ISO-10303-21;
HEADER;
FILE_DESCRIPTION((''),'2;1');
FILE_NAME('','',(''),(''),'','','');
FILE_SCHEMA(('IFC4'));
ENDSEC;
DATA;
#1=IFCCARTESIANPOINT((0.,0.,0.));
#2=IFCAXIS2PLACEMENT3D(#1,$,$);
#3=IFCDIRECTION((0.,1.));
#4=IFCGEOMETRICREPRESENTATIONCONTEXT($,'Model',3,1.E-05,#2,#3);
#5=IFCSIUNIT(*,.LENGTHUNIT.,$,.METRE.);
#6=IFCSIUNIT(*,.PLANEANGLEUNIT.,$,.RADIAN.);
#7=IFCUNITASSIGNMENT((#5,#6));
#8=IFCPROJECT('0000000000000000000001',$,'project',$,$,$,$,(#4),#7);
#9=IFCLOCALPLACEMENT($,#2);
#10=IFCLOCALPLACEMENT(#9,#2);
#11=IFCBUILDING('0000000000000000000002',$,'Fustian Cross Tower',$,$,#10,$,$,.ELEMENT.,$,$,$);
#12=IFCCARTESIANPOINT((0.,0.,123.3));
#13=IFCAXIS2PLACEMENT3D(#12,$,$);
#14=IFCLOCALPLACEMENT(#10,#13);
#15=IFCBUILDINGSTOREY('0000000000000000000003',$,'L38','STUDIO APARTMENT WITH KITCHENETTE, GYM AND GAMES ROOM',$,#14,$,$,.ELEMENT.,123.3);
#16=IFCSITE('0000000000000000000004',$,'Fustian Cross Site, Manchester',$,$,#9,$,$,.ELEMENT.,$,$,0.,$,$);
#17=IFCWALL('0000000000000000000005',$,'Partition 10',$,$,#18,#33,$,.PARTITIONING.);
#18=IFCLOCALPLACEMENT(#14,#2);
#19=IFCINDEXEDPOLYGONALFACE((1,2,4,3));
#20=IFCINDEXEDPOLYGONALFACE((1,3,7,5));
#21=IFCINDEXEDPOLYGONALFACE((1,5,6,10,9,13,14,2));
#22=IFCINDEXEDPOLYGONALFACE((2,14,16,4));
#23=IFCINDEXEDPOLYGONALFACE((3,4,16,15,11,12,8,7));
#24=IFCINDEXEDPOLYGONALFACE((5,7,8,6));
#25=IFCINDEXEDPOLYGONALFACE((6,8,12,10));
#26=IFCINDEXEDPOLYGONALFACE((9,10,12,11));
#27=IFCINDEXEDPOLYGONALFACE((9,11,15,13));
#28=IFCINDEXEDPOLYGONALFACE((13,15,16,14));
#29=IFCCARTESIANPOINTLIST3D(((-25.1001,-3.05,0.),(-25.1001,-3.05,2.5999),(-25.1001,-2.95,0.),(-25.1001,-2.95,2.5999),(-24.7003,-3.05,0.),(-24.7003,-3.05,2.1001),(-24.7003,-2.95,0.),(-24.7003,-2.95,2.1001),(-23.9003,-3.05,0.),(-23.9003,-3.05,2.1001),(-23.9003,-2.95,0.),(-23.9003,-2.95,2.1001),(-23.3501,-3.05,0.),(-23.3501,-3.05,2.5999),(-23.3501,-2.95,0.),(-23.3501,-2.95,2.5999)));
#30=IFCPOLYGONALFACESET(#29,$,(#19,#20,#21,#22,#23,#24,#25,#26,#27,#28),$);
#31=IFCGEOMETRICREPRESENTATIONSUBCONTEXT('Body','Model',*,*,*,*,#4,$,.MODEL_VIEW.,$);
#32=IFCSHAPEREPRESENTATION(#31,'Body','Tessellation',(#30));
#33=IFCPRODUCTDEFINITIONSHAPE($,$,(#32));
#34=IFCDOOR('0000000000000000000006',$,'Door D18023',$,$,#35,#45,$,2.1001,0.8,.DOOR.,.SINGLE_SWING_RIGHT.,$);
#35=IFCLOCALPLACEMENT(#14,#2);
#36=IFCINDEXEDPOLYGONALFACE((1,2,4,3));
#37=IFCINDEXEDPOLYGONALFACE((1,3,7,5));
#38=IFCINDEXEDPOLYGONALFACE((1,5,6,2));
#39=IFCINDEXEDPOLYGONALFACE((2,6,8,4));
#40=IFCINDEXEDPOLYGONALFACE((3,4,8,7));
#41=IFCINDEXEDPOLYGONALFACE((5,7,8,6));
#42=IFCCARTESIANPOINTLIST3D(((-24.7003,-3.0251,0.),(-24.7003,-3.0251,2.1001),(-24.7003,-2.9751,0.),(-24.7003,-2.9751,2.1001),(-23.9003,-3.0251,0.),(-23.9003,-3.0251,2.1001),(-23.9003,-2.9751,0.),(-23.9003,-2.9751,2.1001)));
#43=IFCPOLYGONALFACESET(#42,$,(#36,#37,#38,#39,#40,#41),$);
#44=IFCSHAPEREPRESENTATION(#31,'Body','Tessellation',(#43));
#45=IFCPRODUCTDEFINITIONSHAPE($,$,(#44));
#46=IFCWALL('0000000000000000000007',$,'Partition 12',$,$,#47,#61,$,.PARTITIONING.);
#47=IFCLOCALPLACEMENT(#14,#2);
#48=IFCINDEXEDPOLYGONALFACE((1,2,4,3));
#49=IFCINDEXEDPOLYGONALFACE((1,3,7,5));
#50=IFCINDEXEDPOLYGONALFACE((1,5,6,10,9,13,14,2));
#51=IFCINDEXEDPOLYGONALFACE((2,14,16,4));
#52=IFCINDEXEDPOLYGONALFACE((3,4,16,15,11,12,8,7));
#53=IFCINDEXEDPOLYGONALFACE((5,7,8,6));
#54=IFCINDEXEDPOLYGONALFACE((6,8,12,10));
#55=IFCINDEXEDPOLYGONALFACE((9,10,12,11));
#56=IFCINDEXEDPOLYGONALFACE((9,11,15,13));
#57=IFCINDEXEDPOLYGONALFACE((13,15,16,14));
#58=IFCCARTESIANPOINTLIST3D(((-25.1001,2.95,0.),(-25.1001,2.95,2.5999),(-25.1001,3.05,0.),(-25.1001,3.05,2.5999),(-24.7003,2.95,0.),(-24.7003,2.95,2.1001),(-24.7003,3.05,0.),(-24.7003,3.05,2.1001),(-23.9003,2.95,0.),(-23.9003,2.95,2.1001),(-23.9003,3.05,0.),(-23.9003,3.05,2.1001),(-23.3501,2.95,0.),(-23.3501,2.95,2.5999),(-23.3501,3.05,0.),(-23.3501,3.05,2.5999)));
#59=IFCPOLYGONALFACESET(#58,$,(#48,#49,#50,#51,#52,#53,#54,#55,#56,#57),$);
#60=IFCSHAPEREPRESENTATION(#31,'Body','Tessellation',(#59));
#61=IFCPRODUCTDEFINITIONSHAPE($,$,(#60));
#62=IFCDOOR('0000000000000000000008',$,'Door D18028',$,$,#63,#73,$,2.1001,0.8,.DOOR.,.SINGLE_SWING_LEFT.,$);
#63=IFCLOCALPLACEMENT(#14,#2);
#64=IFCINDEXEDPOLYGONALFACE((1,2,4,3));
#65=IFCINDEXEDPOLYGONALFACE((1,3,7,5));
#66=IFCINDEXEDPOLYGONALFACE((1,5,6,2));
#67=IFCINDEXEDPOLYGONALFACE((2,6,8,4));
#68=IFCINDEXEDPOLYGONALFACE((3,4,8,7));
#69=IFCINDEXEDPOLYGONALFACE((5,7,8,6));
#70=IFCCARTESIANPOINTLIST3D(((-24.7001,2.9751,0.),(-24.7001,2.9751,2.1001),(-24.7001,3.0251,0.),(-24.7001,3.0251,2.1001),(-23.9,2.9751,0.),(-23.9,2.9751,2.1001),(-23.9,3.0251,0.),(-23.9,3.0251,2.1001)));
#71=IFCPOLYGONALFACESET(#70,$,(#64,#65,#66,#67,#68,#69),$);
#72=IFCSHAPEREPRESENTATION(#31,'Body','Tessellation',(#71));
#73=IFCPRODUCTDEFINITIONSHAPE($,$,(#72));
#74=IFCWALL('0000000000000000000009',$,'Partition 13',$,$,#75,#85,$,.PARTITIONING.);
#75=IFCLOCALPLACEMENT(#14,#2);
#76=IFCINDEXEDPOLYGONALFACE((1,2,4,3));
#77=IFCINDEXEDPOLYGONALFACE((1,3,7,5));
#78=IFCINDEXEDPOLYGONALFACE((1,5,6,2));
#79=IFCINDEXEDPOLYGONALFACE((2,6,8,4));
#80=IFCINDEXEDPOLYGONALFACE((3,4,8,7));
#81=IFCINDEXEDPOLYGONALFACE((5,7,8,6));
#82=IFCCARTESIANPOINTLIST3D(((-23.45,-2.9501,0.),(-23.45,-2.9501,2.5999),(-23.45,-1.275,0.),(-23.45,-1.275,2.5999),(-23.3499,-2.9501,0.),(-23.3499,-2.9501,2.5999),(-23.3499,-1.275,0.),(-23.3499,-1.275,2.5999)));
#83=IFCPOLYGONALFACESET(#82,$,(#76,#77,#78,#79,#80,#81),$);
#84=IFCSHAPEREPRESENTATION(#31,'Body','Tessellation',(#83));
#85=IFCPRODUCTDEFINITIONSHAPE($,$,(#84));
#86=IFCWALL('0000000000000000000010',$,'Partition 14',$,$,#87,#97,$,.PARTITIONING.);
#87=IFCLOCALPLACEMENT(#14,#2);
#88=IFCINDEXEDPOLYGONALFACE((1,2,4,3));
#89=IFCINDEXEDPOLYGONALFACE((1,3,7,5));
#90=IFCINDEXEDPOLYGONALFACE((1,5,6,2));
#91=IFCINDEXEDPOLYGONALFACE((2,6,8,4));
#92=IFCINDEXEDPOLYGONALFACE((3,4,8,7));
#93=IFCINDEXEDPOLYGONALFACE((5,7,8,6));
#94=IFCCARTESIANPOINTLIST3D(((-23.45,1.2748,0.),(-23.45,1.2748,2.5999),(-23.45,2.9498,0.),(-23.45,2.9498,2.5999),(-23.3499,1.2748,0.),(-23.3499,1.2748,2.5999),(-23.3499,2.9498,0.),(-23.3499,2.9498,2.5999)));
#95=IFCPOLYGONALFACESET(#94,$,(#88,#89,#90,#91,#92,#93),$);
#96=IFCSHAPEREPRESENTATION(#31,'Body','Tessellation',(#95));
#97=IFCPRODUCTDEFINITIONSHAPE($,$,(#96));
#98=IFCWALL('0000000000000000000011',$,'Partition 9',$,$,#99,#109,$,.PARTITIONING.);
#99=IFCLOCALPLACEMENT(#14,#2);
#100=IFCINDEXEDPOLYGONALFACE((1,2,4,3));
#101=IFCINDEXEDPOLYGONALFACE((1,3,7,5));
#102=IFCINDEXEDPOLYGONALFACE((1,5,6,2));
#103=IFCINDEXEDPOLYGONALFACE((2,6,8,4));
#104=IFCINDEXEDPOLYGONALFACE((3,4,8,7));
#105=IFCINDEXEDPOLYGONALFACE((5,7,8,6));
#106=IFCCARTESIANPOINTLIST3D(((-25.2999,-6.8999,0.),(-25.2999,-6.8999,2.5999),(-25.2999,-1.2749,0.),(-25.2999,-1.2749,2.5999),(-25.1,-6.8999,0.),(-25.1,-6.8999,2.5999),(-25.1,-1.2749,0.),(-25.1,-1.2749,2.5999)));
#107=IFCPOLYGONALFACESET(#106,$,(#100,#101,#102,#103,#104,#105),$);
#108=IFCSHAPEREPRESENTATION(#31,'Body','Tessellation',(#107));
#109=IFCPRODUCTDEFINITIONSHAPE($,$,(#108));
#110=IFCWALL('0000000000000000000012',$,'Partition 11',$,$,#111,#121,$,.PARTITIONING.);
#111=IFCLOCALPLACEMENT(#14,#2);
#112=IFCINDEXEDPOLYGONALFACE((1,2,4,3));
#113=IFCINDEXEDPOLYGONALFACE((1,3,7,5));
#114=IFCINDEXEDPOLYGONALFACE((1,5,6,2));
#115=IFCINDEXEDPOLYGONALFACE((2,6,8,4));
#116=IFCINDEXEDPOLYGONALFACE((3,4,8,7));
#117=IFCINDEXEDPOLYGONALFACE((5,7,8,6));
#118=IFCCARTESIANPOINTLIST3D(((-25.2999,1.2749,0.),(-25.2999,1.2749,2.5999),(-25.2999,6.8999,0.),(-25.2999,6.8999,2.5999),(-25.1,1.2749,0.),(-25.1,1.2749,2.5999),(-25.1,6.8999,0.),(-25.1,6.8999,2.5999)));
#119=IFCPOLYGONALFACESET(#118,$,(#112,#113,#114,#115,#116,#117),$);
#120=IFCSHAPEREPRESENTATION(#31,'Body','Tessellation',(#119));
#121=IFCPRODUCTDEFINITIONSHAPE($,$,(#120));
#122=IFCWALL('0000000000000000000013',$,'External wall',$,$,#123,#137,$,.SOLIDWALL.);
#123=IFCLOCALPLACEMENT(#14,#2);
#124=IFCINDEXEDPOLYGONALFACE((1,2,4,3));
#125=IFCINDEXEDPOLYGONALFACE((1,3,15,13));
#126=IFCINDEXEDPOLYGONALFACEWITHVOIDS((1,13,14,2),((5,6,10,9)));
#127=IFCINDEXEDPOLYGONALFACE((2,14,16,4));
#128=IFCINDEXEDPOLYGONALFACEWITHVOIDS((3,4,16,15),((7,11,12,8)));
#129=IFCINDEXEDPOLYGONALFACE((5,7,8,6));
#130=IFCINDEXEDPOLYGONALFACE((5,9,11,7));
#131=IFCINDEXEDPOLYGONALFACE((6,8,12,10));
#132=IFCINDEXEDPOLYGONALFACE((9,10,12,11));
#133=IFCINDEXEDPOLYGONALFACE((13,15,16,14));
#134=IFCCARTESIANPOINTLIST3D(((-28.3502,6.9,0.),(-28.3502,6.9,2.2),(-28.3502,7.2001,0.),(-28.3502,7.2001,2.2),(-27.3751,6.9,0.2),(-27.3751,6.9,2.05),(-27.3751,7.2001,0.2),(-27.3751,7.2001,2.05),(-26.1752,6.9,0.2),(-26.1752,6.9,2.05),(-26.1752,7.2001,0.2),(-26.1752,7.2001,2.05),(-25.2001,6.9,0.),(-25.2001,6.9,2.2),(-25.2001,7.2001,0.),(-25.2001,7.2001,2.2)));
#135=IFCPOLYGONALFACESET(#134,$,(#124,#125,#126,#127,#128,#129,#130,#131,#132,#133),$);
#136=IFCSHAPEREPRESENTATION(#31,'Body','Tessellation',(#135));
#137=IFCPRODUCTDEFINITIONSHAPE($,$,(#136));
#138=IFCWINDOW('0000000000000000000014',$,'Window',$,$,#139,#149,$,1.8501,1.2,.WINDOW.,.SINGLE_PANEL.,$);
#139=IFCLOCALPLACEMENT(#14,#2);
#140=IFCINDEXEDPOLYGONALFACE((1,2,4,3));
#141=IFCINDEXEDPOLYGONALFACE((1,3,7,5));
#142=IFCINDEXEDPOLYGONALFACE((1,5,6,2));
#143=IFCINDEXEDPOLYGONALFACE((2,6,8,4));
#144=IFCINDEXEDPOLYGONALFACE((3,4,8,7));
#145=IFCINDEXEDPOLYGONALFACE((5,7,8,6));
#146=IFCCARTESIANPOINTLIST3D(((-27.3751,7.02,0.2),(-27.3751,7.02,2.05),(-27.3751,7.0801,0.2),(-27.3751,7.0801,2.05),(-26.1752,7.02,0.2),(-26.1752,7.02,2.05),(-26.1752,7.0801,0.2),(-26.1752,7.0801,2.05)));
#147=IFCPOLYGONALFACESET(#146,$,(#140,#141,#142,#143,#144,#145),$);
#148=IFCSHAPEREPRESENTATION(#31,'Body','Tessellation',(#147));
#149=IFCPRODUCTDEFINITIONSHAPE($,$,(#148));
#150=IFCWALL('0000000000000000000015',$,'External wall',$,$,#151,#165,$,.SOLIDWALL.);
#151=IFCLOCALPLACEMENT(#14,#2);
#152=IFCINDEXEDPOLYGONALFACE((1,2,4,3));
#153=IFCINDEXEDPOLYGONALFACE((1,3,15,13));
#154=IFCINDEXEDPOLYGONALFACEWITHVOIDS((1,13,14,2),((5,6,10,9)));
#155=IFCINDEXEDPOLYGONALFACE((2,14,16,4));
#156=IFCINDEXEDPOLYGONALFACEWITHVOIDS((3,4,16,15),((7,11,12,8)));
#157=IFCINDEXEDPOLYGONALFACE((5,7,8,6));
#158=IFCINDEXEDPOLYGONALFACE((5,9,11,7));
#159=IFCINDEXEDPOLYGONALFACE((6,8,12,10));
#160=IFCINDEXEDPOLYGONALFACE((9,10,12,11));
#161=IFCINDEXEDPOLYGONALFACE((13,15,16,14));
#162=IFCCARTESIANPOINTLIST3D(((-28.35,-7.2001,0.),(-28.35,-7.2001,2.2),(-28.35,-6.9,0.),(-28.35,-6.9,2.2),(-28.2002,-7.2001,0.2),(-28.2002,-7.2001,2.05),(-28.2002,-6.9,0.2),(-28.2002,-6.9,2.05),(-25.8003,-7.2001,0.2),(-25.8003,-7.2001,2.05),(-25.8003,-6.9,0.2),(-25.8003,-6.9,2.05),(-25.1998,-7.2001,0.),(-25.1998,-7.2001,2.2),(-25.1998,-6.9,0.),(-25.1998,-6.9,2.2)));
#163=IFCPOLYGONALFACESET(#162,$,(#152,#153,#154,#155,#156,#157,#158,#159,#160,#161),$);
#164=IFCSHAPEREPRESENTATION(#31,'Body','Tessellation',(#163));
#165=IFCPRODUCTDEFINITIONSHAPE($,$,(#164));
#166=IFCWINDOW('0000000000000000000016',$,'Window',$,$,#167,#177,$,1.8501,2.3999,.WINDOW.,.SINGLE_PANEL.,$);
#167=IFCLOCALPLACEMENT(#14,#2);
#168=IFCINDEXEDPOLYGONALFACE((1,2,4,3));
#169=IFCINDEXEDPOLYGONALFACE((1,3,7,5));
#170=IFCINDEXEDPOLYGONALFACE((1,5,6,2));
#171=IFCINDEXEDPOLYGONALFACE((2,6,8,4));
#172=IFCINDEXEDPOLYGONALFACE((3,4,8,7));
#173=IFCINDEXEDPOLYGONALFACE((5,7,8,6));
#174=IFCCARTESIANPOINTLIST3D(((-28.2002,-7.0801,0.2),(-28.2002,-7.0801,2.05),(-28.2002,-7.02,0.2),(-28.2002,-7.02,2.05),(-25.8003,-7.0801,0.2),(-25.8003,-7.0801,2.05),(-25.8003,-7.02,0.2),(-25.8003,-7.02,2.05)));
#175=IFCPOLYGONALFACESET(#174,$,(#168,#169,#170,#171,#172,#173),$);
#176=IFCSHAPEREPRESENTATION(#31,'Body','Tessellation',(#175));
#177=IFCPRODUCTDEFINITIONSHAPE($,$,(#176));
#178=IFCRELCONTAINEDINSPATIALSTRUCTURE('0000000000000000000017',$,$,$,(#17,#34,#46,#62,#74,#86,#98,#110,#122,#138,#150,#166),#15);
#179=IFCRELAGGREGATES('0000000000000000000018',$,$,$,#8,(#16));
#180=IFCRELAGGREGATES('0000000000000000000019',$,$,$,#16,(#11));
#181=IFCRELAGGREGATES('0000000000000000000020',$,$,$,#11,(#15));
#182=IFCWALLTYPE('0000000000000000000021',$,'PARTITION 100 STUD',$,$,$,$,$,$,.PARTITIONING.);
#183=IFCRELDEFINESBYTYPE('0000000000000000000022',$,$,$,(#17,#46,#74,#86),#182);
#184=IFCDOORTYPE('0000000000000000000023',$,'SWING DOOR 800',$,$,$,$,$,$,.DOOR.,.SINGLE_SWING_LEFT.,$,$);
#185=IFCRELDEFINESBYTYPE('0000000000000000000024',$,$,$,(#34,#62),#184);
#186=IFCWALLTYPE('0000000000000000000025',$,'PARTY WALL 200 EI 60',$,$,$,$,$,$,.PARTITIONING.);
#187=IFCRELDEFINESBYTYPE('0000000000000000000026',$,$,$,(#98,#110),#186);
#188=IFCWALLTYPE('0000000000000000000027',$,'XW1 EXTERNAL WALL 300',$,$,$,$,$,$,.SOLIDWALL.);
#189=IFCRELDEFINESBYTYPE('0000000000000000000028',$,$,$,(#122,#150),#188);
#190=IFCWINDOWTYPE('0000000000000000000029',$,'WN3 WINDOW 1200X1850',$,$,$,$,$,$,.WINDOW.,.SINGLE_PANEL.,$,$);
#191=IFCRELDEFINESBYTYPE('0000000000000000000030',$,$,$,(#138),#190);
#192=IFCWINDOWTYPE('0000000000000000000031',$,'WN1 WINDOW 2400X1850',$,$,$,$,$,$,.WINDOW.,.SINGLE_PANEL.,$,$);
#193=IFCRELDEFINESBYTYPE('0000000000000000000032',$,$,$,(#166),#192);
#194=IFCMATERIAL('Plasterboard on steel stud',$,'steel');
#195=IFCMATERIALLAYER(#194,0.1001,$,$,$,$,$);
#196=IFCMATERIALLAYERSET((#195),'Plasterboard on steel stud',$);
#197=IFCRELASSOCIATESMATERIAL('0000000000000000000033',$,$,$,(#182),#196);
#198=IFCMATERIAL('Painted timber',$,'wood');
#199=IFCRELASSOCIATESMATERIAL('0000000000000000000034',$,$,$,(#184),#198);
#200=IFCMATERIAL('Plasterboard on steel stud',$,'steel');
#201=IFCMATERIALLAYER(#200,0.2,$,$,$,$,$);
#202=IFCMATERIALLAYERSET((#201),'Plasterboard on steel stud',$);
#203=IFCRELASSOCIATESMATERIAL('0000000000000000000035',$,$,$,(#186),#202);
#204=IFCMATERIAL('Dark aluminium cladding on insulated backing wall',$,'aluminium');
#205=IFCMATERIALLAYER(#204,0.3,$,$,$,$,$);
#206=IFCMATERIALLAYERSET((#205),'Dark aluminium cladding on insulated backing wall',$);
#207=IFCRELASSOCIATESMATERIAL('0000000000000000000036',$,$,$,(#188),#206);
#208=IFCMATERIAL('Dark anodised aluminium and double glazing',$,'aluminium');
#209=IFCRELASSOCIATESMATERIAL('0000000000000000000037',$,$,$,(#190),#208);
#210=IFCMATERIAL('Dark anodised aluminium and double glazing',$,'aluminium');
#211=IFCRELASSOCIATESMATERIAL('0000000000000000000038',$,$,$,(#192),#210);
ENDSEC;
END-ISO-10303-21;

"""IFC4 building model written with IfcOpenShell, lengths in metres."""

from ifc_helpers import new_model, si_unit, direction, frame, frame_2d, origin, place, context, subcontext, project, spatial, rectangle, extrude, material, layer, layer_set, type_object, element, fill, save


model = new_model("IFC4")

# Units and contexts
model_context = context("Model", 3, precision=1e-05, world=origin(), true_north=direction((0.0, 1.0)))
body_context = subcontext(model_context, "Body", "Model", "MODEL_VIEW")
ifc_project = project(units=[si_unit("LENGTHUNIT", "METRE"), si_unit("PLANEANGLEUNIT", "RADIAN")], contexts=[model_context])

# Site, building, storey
site_placement = place(None, origin())
site = spatial("IfcSite", under=ifc_project, at=site_placement, Name="Fustian Cross Site, Manchester", CompositionType="ELEMENT", RefElevation=0.0)
building_placement = place(site_placement, origin())
building = spatial("IfcBuilding", under=site, at=building_placement, Name="Fustian Cross Tower", CompositionType="ELEMENT")
storey_placement = place(building_placement, frame((0.0, 0.0, 123.3)))
storey = spatial("IfcBuildingStorey", under=building, at=storey_placement, Name="L38", Description="STUDIO APARTMENT WITH KITCHENETTE, GYM AND GAMES ROOM", CompositionType="ELEMENT", Elevation=123.3)

# Shared definitions
ifc_material_1 = material(Name="Plasterboard on steel stud", Category="steel")
ifc_layer_1 = layer(ifc_material_1, 0.1001)
ifc_layer_set_1 = layer_set([ifc_layer_1], Name="Plasterboard on steel stud")
wall_type_1 = type_object("IfcWallType", Name="PARTITION 100 STUD", PredefinedType="PARTITIONING", material=ifc_layer_set_1)
ifc_material_2 = material(Name="Painted timber", Category="wood")
door_type = type_object("IfcDoorType", Name="SWING DOOR 800", OperationType="SINGLE_SWING_LEFT", PredefinedType="DOOR", material=ifc_material_2)

# Walls, openings, doors
wall_1_placement = place(storey_placement, frame((-25.1001, -3.0, 0.0), z_axis=(0.0, 0.0, 1.0), x_axis=(1.0, 0.0, 0.0)))
wall_1 = element("IfcWall", 1, at=wall_1_placement, inside=storey, type_object=wall_type_1, Name="Partition 10", PredefinedType="PARTITIONING", context=body_context, shape_type="SweptSolid", body=[
    extrude(rectangle(XDim=1.75, YDim=0.1001, at=frame_2d((0.875, 0.0))), origin(), (0.0, 0.0, 1.0), 2.5999),
])
opening_1_placement = place(wall_1_placement, frame((0.3999, 0.0, 0.0)))
opening_1 = element("IfcOpeningElement", 2, at=opening_1_placement, cuts=wall_1, PredefinedType="OPENING", context=body_context, shape_type="SweptSolid", body=[
    extrude(rectangle(XDim=0.8, YDim=2.1001, at=frame_2d((0.3999, 1.05))), frame((0.0, 0.0601, 0.0), z_axis=(0.0, -1.0, 0.0), x_axis=(1.0, 0.0, 0.0)), (0.0, 0.0, 1.0), 0.1201),
])
door_1_placement = place(opening_1_placement, origin())
door_1 = element("IfcDoor", 3, at=door_1_placement, inside=storey, type_object=door_type, Name="Door D18023", OperationType="SINGLE_SWING_RIGHT", OverallHeight=2.1001, OverallWidth=0.8, PredefinedType="DOOR", context=body_context, shape_type="SweptSolid", body=[
    extrude(rectangle(XDim=0.8, YDim=2.1001, at=frame_2d((0.3999, 1.05))), frame((0.0, 0.0249, 0.0), z_axis=(0.0, -1.0, 0.0), x_axis=(1.0, 0.0, 0.0)), (0.0, 0.0, 1.0), 0.05),
])
fill(opening_1, door_1)
wall_2_placement = place(storey_placement, frame((-25.1001, 3.0, 0.0), z_axis=(0.0, 0.0, 1.0), x_axis=(1.0, 0.0, 0.0)))
wall_2 = element("IfcWall", 4, at=wall_2_placement, inside=storey, type_object=wall_type_1, Name="Partition 12", PredefinedType="PARTITIONING", context=body_context, shape_type="SweptSolid", body=[
    extrude(rectangle(XDim=1.75, YDim=0.1001, at=frame_2d((0.875, 0.0))), origin(), (0.0, 0.0, 1.0), 2.5999),
])
opening_2_placement = place(wall_2_placement, frame((0.3999, 0.0, 0.0)))
opening_2 = element("IfcOpeningElement", 5, at=opening_2_placement, cuts=wall_2, PredefinedType="OPENING", context=body_context, shape_type="SweptSolid", body=[
    extrude(rectangle(XDim=0.8, YDim=2.1001, at=frame_2d((0.3999, 1.05))), frame((0.0, 0.0601, 0.0), z_axis=(0.0, -1.0, 0.0), x_axis=(1.0, 0.0, 0.0)), (0.0, 0.0, 1.0), 0.1201),
])
door_2_placement = place(opening_2_placement, frame((0.8, 0.0, 0.0), z_axis=(0.0, 0.0, 1.0), x_axis=(-1.0, 0.0, 0.0)))
door_2 = element("IfcDoor", 6, at=door_2_placement, inside=storey, type_object=door_type, Name="Door D18028", OperationType="SINGLE_SWING_LEFT", OverallHeight=2.1001, OverallWidth=0.8, PredefinedType="DOOR", context=body_context, shape_type="SweptSolid", body=[
    extrude(rectangle(XDim=0.8, YDim=2.1001, at=frame_2d((0.3999, 1.05))), frame((0.0, 0.0249, 0.0), z_axis=(0.0, -1.0, 0.0), x_axis=(1.0, 0.0, 0.0)), (0.0, 0.0, 1.0), 0.05),
])
fill(opening_2, door_2)

# Walls
for number, where, z_axis, x_axis, name in (
    (7, (-23.3999, -2.95, 0.0), (0.0, 0.0, 1.0), (0.0, 1.0, 0.0), "Partition 13"),
    (8, (-23.3999, 1.2749, 0.0), (0.0, 0.0, 1.0), (0.0, 1.0, 0.0), "Partition 14"),
):
    element("IfcWall", number, at=place(storey_placement, frame(where, z_axis=z_axis, x_axis=x_axis)), inside=storey, type_object=wall_type_1, Name=name, PredefinedType="PARTITIONING", context=body_context, shape_type="SweptSolid", body=[
        extrude(rectangle(XDim=1.675, YDim=0.1001, at=frame_2d((0.8374, 0.0))), origin(), (0.0, 0.0, 1.0), 2.5999),
    ])
ifc_material_3 = material(Name="Plasterboard on steel stud", Category="steel")
ifc_layer_2 = layer(ifc_material_3, 0.2)
ifc_layer_set_2 = layer_set([ifc_layer_2], Name="Plasterboard on steel stud")
wall_type_2 = type_object("IfcWallType", Name="PARTY WALL 200 EI 60", PredefinedType="PARTITIONING", material=ifc_layer_set_2)
for number, where, z_axis, x_axis, name in (
    (9, (-25.2, -6.8999, 0.0), (0.0, 0.0, 1.0), (0.0, 1.0, 0.0), "Partition 9"),
    (10, (-25.2, 1.2749, 0.0), (0.0, 0.0, 1.0), (0.0, 1.0, 0.0), "Partition 11"),
):
    element("IfcWall", number, at=place(storey_placement, frame(where, z_axis=z_axis, x_axis=x_axis)), inside=storey, type_object=wall_type_2, Name=name, PredefinedType="PARTITIONING", context=body_context, shape_type="SweptSolid", body=[
        extrude(rectangle(XDim=5.625, YDim=0.2, at=frame_2d((2.8125, 0.0))), origin(), (0.0, 0.0, 1.0), 2.5999),
    ])

# Walls, openings, windows
ifc_material_4 = material(Name="Dark aluminium cladding on insulated backing wall", Category="aluminium")
ifc_layer_3 = layer(ifc_material_4, 0.3)
ifc_layer_set_3 = layer_set([ifc_layer_3], Name="Dark aluminium cladding on insulated backing wall")
wall_type_3 = type_object("IfcWallType", Name="XW1 EXTERNAL WALL 300", PredefinedType="SOLIDWALL", material=ifc_layer_set_3)
wall_3_placement = place(storey_placement, frame((-25.2, 7.05, 0.0), z_axis=(0.0, 0.0, 1.0), x_axis=(-1.0, 0.0, 0.0)))
wall_3 = element("IfcWall", 11, at=wall_3_placement, inside=storey, type_object=wall_type_3, Name="External wall", PredefinedType="SOLIDWALL", context=body_context, shape_type="SweptSolid", body=[
    extrude(rectangle(XDim=3.1501, YDim=0.3, at=frame_2d((1.5752, 0.0))), origin(), (0.0, 0.0, 1.0), 2.2),
])
opening_3_placement = place(wall_3_placement, frame((0.9751, 0.0, 0.2)))
opening_3 = element("IfcOpeningElement", 12, at=opening_3_placement, cuts=wall_3, PredefinedType="OPENING", context=body_context, shape_type="SweptSolid", body=[
    extrude(rectangle(XDim=1.2, YDim=1.8501, at=frame_2d((0.6001, 0.925))), frame((0.0, 0.1599, 0.0), z_axis=(0.0, -1.0, 0.0), x_axis=(1.0, 0.0, 0.0)), (0.0, 0.0, 1.0), 0.3201),
])
ifc_material_5 = material(Name="Dark anodised aluminium and double glazing", Category="aluminium")
window_type_1 = type_object("IfcWindowType", Name="WN3 WINDOW 1200X1850", PartitioningType="SINGLE_PANEL", PredefinedType="WINDOW", material=ifc_material_5)
window_1_placement = place(opening_3_placement, origin())
window_1 = element("IfcWindow", 13, at=window_1_placement, inside=storey, type_object=window_type_1, Name="Window", OverallHeight=1.8501, OverallWidth=1.2, PartitioningType="SINGLE_PANEL", PredefinedType="WINDOW", context=body_context, shape_type="SweptSolid", body=[
    extrude(rectangle(XDim=1.2, YDim=1.8501, at=frame_2d((0.6001, 0.925))), frame((0.0, 0.03, 0.0), z_axis=(0.0, -1.0, 0.0), x_axis=(1.0, 0.0, 0.0)), (0.0, 0.0, 1.0), 0.0601),
])
fill(opening_3, window_1)
wall_4_placement = place(storey_placement, frame((-28.3501, -7.05, 0.0), z_axis=(0.0, 0.0, 1.0), x_axis=(1.0, 0.0, 0.0)))
wall_4 = element("IfcWall", 14, at=wall_4_placement, inside=storey, type_object=wall_type_3, Name="External wall", PredefinedType="SOLIDWALL", context=body_context, shape_type="SweptSolid", body=[
    extrude(rectangle(XDim=3.1501, YDim=0.3, at=frame_2d((1.5752, 0.0))), origin(), (0.0, 0.0, 1.0), 2.2),
])
opening_4_placement = place(wall_4_placement, frame((0.1499, 0.0, 0.2)))
opening_4 = element("IfcOpeningElement", 15, at=opening_4_placement, cuts=wall_4, PredefinedType="OPENING", context=body_context, shape_type="SweptSolid", body=[
    extrude(rectangle(XDim=2.3999, YDim=1.8501, at=frame_2d((1.2, 0.925))), frame((0.0, 0.1599, 0.0), z_axis=(0.0, -1.0, 0.0), x_axis=(1.0, 0.0, 0.0)), (0.0, 0.0, 1.0), 0.3201),
])
ifc_material_6 = material(Name="Dark anodised aluminium and double glazing", Category="aluminium")
window_type_2 = type_object("IfcWindowType", Name="WN1 WINDOW 2400X1850", PartitioningType="SINGLE_PANEL", PredefinedType="WINDOW", material=ifc_material_6)
window_2_placement = place(opening_4_placement, origin())
window_2 = element("IfcWindow", 16, at=window_2_placement, inside=storey, type_object=window_type_2, Name="Window", OverallHeight=1.8501, OverallWidth=2.3999, PartitioningType="SINGLE_PANEL", PredefinedType="WINDOW", context=body_context, shape_type="SweptSolid", body=[
    extrude(rectangle(XDim=2.3999, YDim=1.8501, at=frame_2d((1.2, 0.925))), frame((0.0, 0.03, 0.0), z_axis=(0.0, -1.0, 0.0), x_axis=(1.0, 0.0, 0.0)), (0.0, 0.0, 1.0), 0.0601),
])
fill(opening_4, window_2)

save(model, "model.ifc")
